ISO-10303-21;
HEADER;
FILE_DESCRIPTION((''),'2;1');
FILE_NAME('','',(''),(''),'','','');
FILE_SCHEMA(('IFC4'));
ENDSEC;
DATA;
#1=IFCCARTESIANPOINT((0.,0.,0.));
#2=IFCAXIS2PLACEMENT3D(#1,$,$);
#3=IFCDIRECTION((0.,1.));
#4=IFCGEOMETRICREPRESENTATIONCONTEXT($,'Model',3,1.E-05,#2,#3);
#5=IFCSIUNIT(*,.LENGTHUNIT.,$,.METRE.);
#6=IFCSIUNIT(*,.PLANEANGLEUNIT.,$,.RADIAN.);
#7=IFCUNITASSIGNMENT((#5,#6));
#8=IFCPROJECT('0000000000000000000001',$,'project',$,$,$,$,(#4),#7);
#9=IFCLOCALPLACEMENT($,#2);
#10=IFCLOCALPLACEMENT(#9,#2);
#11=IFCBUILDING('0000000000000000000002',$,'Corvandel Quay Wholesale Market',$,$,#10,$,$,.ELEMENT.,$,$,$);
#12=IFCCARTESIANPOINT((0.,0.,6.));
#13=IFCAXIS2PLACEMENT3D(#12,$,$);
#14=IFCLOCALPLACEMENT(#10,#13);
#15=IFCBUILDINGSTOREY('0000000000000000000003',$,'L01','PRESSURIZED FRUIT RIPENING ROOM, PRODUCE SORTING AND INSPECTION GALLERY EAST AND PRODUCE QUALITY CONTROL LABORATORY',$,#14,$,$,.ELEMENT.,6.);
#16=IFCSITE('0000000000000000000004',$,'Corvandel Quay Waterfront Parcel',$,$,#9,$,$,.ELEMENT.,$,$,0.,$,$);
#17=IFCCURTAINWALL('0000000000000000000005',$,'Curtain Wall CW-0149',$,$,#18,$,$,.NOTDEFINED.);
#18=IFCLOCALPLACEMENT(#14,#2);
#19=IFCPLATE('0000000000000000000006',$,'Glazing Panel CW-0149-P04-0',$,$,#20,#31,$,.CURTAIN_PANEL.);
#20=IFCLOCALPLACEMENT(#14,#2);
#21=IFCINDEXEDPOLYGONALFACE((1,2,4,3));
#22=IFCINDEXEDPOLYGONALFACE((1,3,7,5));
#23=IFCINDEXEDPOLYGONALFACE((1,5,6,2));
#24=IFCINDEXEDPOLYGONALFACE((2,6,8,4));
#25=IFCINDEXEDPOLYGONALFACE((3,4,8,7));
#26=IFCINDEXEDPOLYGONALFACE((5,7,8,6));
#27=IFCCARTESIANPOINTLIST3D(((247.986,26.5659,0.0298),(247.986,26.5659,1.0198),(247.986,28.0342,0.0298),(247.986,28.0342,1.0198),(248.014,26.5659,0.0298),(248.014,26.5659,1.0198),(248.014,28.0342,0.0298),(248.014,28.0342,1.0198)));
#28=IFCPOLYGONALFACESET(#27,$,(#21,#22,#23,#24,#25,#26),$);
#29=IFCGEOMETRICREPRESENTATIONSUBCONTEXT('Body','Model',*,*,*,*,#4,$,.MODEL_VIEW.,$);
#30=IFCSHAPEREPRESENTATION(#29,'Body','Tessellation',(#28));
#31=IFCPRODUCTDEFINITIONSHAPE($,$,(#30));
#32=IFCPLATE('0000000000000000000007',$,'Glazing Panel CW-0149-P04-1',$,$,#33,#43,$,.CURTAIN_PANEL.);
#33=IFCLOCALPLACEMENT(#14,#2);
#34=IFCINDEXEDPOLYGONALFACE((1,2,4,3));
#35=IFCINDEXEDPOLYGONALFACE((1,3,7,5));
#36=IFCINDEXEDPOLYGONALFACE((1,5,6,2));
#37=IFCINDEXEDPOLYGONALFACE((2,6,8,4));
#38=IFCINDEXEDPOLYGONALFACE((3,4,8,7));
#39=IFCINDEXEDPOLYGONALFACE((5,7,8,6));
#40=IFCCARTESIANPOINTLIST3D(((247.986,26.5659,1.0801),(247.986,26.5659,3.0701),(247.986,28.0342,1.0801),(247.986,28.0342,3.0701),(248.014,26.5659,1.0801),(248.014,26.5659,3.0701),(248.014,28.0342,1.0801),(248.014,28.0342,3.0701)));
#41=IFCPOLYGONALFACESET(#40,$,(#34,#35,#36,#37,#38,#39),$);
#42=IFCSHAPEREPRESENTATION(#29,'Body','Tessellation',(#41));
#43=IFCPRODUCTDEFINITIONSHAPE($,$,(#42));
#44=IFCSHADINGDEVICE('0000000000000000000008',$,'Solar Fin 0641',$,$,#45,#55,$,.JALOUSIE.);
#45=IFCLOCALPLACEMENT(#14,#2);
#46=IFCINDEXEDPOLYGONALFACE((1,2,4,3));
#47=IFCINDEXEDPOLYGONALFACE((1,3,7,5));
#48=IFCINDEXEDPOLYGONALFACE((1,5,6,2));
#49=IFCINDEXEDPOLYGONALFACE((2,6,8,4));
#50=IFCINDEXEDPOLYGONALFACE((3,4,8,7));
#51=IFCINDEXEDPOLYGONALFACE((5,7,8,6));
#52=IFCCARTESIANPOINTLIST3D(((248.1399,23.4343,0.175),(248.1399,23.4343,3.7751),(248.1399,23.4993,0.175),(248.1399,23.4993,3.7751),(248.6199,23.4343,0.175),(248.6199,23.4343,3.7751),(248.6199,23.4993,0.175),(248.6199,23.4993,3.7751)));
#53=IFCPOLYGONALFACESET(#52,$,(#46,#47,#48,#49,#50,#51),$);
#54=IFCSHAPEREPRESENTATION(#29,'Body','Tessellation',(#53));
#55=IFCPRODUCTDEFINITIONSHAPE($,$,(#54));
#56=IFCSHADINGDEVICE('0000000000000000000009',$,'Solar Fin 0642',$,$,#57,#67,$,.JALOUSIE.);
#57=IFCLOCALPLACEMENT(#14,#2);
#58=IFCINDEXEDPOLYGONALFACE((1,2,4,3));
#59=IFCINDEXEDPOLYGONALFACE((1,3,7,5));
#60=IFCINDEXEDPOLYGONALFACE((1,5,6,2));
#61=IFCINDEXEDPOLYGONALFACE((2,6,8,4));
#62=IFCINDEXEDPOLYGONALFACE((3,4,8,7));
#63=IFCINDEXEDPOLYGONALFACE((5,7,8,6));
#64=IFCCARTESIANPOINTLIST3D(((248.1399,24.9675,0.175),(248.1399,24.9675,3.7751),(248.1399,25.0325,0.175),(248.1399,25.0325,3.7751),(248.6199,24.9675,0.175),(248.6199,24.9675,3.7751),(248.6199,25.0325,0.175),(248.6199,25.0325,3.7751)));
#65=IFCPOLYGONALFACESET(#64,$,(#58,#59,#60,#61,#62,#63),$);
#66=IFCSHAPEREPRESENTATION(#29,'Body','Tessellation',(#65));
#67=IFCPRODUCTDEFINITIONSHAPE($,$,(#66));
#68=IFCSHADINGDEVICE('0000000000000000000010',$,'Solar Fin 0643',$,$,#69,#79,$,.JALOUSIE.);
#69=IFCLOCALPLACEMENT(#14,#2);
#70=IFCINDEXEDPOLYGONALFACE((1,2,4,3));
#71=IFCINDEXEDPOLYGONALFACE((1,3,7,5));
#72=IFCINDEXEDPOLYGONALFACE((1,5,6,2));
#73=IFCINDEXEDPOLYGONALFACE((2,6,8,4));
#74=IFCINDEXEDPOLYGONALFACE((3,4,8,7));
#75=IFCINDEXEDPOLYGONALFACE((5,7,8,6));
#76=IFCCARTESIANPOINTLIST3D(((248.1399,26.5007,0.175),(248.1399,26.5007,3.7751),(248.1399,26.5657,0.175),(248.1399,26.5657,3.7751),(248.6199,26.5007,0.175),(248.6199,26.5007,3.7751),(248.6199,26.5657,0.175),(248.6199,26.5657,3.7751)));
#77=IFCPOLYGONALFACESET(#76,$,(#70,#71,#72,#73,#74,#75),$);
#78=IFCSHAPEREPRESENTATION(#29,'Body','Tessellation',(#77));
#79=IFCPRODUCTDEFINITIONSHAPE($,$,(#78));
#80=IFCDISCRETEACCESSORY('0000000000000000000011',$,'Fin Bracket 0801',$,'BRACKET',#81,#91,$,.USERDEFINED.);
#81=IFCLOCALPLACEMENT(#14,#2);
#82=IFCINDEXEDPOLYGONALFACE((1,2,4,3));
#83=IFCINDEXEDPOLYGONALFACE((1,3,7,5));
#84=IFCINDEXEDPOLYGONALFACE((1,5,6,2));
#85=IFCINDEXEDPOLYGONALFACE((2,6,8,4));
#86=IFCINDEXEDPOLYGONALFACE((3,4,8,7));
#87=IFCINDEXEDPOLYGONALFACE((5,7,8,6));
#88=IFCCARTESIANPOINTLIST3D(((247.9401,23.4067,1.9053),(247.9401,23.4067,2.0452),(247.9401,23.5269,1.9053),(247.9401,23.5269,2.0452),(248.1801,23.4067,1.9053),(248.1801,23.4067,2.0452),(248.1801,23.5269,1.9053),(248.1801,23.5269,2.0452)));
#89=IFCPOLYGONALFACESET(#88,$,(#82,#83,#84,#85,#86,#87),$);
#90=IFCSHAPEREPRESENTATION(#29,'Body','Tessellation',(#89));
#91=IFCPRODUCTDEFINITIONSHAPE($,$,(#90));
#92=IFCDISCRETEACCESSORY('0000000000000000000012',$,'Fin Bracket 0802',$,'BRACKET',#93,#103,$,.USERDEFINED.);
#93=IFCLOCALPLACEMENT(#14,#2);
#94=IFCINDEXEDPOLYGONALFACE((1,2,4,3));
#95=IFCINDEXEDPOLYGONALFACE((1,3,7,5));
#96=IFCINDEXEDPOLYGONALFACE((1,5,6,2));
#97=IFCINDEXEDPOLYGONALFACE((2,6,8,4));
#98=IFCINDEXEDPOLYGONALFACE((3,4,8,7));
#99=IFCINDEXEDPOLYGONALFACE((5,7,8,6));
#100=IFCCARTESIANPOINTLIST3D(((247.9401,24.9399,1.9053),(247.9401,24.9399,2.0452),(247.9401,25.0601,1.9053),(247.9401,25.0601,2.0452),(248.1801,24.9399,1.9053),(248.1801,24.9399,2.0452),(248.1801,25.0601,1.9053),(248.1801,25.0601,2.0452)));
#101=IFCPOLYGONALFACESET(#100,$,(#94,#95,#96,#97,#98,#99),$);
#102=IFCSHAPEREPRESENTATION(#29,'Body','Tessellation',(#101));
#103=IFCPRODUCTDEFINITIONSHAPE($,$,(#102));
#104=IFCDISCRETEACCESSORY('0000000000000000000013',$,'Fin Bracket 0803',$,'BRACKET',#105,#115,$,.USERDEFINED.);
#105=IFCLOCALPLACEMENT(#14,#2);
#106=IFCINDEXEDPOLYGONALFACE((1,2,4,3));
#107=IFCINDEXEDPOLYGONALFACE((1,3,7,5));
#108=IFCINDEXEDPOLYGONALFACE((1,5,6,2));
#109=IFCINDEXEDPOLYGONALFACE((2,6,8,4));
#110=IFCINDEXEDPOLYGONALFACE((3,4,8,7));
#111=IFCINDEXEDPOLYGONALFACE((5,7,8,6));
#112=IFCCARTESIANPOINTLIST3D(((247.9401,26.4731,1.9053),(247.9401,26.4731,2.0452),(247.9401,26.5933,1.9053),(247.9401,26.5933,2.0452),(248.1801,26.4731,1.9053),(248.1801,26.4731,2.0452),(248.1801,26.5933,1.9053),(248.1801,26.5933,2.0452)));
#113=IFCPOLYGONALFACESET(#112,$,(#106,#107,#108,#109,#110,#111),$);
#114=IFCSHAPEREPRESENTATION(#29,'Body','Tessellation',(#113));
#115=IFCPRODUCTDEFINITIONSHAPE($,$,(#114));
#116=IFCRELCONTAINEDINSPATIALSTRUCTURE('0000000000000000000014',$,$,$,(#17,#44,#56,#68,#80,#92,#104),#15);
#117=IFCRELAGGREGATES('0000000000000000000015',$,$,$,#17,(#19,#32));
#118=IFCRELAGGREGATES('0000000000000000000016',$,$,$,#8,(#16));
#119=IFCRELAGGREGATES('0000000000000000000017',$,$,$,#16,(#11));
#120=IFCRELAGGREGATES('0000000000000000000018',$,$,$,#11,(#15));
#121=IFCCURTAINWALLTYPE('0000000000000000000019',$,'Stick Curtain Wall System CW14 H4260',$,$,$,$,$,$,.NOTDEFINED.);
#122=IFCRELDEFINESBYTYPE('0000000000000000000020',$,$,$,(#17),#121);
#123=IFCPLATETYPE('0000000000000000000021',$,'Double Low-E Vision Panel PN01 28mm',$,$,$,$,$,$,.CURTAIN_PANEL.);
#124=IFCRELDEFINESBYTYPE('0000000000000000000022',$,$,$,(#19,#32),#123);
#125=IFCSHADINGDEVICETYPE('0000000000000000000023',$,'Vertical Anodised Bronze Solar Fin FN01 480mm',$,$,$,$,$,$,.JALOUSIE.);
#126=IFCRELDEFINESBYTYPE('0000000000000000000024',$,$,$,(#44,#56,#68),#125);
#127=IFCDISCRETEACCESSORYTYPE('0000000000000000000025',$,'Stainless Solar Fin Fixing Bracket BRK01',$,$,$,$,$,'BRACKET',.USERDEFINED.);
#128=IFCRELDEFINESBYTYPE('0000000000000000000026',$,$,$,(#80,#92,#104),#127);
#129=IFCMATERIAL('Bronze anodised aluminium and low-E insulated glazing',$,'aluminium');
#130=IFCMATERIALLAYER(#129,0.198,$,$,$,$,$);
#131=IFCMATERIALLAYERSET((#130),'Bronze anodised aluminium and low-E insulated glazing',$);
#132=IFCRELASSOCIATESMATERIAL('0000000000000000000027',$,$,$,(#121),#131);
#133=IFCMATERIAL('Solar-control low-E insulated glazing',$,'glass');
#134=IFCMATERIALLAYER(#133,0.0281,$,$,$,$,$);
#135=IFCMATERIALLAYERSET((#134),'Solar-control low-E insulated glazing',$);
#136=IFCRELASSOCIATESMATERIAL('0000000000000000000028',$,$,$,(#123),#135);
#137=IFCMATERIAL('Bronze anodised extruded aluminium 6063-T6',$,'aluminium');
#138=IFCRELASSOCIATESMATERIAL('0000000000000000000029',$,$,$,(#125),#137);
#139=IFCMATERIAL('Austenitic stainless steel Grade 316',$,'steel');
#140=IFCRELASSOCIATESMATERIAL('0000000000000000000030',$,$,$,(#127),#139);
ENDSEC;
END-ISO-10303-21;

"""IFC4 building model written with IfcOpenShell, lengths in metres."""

from ifc_helpers import new_model, si_unit, direction, frame, origin, origin_2d, place, context, subcontext, project, spatial, rectangle, extrude, material, layer, layer_set, type_object, element, aggregate, save


model = new_model("IFC4")

# Units and contexts
model_context = context("Model", 3, precision=1e-05, world=origin(), true_north=direction((0.0, 1.0)))
body_context = subcontext(model_context, "Body", "Model", "MODEL_VIEW")
ifc_project = project(units=[si_unit("LENGTHUNIT", "METRE"), si_unit("PLANEANGLEUNIT", "RADIAN")], contexts=[model_context])

# Site, building, storey
site_placement = place(None, origin())
site = spatial("IfcSite", under=ifc_project, at=site_placement, Name="Corvandel Quay Waterfront Parcel", CompositionType="ELEMENT", RefElevation=0.0)
building_placement = place(site_placement, origin())
building = spatial("IfcBuilding", under=site, at=building_placement, Name="Corvandel Quay Wholesale Market", CompositionType="ELEMENT")
storey_placement = place(building_placement, frame((0.0, 0.0, 6.0)))
storey = spatial("IfcBuildingStorey", under=building, at=storey_placement, Name="L01", Description="PRESSURIZED FRUIT RIPENING ROOM, PRODUCE SORTING AND INSPECTION GALLERY EAST AND PRODUCE QUALITY CONTROL LABORATORY", CompositionType="ELEMENT", Elevation=6.0)

# Curtain wall, plates
ifc_material_1 = material(Name="Bronze anodised aluminium and low-E insulated glazing", Category="aluminium")
ifc_layer_1 = layer(ifc_material_1, 0.198)
ifc_layer_set_1 = layer_set([ifc_layer_1], Name="Bronze anodised aluminium and low-E insulated glazing")
curtain_wall_type = type_object("IfcCurtainWallType", Name="Stick Curtain Wall System CW14 H4260", PredefinedType="NOTDEFINED", material=ifc_layer_set_1)
curtain_wall_placement = place(storey_placement, origin())
curtain_wall = element("IfcCurtainWall", 1, at=curtain_wall_placement, inside=storey, type_object=curtain_wall_type, Name="Curtain Wall CW-0149", PredefinedType="NOTDEFINED")
ifc_material_2 = material(Name="Solar-control low-E insulated glazing", Category="glass")
ifc_layer_2 = layer(ifc_material_2, 0.0281)
ifc_layer_set_2 = layer_set([ifc_layer_2], Name="Solar-control low-E insulated glazing")
plate_type_1 = type_object("IfcPlateType", Name="Double Low-E Vision Panel PN01 28mm", PredefinedType="CURTAIN_PANEL", material=ifc_layer_set_2)
plate_1_placement = place(storey_placement, frame((248.0, 27.3, 0.0298), z_axis=(0.0, 0.0, 1.0), x_axis=(0.0, 1.0, 0.0)))
plate_1 = element("IfcPlate", 2, at=plate_1_placement, type_object=plate_type_1, Name="Glazing Panel CW-0149-P04-0", PredefinedType="CURTAIN_PANEL", context=body_context, shape_type="SweptSolid", body=[
    extrude(rectangle(XDim=1.4683, YDim=0.0281, at=origin_2d()), origin(), (0.0, 0.0, 1.0), 0.99),
])
plate_2_placement = place(storey_placement, frame((248.0, 27.3, 1.0801), z_axis=(0.0, 0.0, 1.0), x_axis=(0.0, 1.0, 0.0)))
plate_2 = element("IfcPlate", 3, at=plate_2_placement, type_object=plate_type_1, Name="Glazing Panel CW-0149-P04-1", PredefinedType="CURTAIN_PANEL", context=body_context, shape_type="SweptSolid", body=[
    extrude(rectangle(XDim=1.4683, YDim=0.0281, at=origin_2d()), origin(), (0.0, 0.0, 1.0), 1.99),
])
aggregate(curtain_wall, [plate_1, plate_2])

# Shading devices
ifc_material_3 = material(Name="Bronze anodised extruded aluminium 6063-T6", Category="aluminium")
shading_device_type = type_object("IfcShadingDeviceType", Name="Vertical Anodised Bronze Solar Fin FN01 480mm", PredefinedType="JALOUSIE", material=ifc_material_3)
for number, where, z_axis, x_axis, name in (
    (4, (248.3799, 23.4668, 0.175), (0.0, 0.0, 1.0), (1.0, 0.0, 0.0), "Solar Fin 0641"),
    (5, (248.3799, 25.0, 0.175), (0.0, 0.0, 1.0), (1.0, 0.0, 0.0), "Solar Fin 0642"),
    (6, (248.3799, 26.5332, 0.175), (0.0, 0.0, 1.0), (1.0, 0.0, 0.0), "Solar Fin 0643"),
):
    element("IfcShadingDevice", number, at=place(storey_placement, frame(where, z_axis=z_axis, x_axis=x_axis)), inside=storey, type_object=shading_device_type, Name=name, PredefinedType="JALOUSIE", context=body_context, shape_type="SweptSolid", body=[
        extrude(rectangle(XDim=0.48, YDim=0.0649, at=origin_2d()), origin(), (0.0, 0.0, 1.0), 3.6001),
    ])

# Discrete accessories
ifc_material_4 = material(Name="Austenitic stainless steel Grade 316", Category="steel")
discrete_accessory_type = type_object("IfcDiscreteAccessoryType", Name="Stainless Solar Fin Fixing Bracket BRK01", ElementType="BRACKET", PredefinedType="USERDEFINED", material=ifc_material_4)
for number, where, z_axis, x_axis, name in (
    (7, (248.0601, 23.4668, 1.9053), (0.0, 0.0, 1.0), (1.0, 0.0, 0.0), "Fin Bracket 0801"),
    (8, (248.0601, 25.0, 1.9053), (0.0, 0.0, 1.0), (1.0, 0.0, 0.0), "Fin Bracket 0802"),
    (9, (248.0601, 26.5332, 1.9053), (0.0, 0.0, 1.0), (1.0, 0.0, 0.0), "Fin Bracket 0803"),
):
    element("IfcDiscreteAccessory", number, at=place(storey_placement, frame(where, z_axis=z_axis, x_axis=x_axis)), inside=storey, type_object=discrete_accessory_type, Name=name, ObjectType="BRACKET", PredefinedType="USERDEFINED", context=body_context, shape_type="SweptSolid", body=[
        extrude(rectangle(XDim=0.24, YDim=0.1201, at=origin_2d()), origin(), (0.0, 0.0, 1.0), 0.1399),
    ])

save(model, "model.ifc")
